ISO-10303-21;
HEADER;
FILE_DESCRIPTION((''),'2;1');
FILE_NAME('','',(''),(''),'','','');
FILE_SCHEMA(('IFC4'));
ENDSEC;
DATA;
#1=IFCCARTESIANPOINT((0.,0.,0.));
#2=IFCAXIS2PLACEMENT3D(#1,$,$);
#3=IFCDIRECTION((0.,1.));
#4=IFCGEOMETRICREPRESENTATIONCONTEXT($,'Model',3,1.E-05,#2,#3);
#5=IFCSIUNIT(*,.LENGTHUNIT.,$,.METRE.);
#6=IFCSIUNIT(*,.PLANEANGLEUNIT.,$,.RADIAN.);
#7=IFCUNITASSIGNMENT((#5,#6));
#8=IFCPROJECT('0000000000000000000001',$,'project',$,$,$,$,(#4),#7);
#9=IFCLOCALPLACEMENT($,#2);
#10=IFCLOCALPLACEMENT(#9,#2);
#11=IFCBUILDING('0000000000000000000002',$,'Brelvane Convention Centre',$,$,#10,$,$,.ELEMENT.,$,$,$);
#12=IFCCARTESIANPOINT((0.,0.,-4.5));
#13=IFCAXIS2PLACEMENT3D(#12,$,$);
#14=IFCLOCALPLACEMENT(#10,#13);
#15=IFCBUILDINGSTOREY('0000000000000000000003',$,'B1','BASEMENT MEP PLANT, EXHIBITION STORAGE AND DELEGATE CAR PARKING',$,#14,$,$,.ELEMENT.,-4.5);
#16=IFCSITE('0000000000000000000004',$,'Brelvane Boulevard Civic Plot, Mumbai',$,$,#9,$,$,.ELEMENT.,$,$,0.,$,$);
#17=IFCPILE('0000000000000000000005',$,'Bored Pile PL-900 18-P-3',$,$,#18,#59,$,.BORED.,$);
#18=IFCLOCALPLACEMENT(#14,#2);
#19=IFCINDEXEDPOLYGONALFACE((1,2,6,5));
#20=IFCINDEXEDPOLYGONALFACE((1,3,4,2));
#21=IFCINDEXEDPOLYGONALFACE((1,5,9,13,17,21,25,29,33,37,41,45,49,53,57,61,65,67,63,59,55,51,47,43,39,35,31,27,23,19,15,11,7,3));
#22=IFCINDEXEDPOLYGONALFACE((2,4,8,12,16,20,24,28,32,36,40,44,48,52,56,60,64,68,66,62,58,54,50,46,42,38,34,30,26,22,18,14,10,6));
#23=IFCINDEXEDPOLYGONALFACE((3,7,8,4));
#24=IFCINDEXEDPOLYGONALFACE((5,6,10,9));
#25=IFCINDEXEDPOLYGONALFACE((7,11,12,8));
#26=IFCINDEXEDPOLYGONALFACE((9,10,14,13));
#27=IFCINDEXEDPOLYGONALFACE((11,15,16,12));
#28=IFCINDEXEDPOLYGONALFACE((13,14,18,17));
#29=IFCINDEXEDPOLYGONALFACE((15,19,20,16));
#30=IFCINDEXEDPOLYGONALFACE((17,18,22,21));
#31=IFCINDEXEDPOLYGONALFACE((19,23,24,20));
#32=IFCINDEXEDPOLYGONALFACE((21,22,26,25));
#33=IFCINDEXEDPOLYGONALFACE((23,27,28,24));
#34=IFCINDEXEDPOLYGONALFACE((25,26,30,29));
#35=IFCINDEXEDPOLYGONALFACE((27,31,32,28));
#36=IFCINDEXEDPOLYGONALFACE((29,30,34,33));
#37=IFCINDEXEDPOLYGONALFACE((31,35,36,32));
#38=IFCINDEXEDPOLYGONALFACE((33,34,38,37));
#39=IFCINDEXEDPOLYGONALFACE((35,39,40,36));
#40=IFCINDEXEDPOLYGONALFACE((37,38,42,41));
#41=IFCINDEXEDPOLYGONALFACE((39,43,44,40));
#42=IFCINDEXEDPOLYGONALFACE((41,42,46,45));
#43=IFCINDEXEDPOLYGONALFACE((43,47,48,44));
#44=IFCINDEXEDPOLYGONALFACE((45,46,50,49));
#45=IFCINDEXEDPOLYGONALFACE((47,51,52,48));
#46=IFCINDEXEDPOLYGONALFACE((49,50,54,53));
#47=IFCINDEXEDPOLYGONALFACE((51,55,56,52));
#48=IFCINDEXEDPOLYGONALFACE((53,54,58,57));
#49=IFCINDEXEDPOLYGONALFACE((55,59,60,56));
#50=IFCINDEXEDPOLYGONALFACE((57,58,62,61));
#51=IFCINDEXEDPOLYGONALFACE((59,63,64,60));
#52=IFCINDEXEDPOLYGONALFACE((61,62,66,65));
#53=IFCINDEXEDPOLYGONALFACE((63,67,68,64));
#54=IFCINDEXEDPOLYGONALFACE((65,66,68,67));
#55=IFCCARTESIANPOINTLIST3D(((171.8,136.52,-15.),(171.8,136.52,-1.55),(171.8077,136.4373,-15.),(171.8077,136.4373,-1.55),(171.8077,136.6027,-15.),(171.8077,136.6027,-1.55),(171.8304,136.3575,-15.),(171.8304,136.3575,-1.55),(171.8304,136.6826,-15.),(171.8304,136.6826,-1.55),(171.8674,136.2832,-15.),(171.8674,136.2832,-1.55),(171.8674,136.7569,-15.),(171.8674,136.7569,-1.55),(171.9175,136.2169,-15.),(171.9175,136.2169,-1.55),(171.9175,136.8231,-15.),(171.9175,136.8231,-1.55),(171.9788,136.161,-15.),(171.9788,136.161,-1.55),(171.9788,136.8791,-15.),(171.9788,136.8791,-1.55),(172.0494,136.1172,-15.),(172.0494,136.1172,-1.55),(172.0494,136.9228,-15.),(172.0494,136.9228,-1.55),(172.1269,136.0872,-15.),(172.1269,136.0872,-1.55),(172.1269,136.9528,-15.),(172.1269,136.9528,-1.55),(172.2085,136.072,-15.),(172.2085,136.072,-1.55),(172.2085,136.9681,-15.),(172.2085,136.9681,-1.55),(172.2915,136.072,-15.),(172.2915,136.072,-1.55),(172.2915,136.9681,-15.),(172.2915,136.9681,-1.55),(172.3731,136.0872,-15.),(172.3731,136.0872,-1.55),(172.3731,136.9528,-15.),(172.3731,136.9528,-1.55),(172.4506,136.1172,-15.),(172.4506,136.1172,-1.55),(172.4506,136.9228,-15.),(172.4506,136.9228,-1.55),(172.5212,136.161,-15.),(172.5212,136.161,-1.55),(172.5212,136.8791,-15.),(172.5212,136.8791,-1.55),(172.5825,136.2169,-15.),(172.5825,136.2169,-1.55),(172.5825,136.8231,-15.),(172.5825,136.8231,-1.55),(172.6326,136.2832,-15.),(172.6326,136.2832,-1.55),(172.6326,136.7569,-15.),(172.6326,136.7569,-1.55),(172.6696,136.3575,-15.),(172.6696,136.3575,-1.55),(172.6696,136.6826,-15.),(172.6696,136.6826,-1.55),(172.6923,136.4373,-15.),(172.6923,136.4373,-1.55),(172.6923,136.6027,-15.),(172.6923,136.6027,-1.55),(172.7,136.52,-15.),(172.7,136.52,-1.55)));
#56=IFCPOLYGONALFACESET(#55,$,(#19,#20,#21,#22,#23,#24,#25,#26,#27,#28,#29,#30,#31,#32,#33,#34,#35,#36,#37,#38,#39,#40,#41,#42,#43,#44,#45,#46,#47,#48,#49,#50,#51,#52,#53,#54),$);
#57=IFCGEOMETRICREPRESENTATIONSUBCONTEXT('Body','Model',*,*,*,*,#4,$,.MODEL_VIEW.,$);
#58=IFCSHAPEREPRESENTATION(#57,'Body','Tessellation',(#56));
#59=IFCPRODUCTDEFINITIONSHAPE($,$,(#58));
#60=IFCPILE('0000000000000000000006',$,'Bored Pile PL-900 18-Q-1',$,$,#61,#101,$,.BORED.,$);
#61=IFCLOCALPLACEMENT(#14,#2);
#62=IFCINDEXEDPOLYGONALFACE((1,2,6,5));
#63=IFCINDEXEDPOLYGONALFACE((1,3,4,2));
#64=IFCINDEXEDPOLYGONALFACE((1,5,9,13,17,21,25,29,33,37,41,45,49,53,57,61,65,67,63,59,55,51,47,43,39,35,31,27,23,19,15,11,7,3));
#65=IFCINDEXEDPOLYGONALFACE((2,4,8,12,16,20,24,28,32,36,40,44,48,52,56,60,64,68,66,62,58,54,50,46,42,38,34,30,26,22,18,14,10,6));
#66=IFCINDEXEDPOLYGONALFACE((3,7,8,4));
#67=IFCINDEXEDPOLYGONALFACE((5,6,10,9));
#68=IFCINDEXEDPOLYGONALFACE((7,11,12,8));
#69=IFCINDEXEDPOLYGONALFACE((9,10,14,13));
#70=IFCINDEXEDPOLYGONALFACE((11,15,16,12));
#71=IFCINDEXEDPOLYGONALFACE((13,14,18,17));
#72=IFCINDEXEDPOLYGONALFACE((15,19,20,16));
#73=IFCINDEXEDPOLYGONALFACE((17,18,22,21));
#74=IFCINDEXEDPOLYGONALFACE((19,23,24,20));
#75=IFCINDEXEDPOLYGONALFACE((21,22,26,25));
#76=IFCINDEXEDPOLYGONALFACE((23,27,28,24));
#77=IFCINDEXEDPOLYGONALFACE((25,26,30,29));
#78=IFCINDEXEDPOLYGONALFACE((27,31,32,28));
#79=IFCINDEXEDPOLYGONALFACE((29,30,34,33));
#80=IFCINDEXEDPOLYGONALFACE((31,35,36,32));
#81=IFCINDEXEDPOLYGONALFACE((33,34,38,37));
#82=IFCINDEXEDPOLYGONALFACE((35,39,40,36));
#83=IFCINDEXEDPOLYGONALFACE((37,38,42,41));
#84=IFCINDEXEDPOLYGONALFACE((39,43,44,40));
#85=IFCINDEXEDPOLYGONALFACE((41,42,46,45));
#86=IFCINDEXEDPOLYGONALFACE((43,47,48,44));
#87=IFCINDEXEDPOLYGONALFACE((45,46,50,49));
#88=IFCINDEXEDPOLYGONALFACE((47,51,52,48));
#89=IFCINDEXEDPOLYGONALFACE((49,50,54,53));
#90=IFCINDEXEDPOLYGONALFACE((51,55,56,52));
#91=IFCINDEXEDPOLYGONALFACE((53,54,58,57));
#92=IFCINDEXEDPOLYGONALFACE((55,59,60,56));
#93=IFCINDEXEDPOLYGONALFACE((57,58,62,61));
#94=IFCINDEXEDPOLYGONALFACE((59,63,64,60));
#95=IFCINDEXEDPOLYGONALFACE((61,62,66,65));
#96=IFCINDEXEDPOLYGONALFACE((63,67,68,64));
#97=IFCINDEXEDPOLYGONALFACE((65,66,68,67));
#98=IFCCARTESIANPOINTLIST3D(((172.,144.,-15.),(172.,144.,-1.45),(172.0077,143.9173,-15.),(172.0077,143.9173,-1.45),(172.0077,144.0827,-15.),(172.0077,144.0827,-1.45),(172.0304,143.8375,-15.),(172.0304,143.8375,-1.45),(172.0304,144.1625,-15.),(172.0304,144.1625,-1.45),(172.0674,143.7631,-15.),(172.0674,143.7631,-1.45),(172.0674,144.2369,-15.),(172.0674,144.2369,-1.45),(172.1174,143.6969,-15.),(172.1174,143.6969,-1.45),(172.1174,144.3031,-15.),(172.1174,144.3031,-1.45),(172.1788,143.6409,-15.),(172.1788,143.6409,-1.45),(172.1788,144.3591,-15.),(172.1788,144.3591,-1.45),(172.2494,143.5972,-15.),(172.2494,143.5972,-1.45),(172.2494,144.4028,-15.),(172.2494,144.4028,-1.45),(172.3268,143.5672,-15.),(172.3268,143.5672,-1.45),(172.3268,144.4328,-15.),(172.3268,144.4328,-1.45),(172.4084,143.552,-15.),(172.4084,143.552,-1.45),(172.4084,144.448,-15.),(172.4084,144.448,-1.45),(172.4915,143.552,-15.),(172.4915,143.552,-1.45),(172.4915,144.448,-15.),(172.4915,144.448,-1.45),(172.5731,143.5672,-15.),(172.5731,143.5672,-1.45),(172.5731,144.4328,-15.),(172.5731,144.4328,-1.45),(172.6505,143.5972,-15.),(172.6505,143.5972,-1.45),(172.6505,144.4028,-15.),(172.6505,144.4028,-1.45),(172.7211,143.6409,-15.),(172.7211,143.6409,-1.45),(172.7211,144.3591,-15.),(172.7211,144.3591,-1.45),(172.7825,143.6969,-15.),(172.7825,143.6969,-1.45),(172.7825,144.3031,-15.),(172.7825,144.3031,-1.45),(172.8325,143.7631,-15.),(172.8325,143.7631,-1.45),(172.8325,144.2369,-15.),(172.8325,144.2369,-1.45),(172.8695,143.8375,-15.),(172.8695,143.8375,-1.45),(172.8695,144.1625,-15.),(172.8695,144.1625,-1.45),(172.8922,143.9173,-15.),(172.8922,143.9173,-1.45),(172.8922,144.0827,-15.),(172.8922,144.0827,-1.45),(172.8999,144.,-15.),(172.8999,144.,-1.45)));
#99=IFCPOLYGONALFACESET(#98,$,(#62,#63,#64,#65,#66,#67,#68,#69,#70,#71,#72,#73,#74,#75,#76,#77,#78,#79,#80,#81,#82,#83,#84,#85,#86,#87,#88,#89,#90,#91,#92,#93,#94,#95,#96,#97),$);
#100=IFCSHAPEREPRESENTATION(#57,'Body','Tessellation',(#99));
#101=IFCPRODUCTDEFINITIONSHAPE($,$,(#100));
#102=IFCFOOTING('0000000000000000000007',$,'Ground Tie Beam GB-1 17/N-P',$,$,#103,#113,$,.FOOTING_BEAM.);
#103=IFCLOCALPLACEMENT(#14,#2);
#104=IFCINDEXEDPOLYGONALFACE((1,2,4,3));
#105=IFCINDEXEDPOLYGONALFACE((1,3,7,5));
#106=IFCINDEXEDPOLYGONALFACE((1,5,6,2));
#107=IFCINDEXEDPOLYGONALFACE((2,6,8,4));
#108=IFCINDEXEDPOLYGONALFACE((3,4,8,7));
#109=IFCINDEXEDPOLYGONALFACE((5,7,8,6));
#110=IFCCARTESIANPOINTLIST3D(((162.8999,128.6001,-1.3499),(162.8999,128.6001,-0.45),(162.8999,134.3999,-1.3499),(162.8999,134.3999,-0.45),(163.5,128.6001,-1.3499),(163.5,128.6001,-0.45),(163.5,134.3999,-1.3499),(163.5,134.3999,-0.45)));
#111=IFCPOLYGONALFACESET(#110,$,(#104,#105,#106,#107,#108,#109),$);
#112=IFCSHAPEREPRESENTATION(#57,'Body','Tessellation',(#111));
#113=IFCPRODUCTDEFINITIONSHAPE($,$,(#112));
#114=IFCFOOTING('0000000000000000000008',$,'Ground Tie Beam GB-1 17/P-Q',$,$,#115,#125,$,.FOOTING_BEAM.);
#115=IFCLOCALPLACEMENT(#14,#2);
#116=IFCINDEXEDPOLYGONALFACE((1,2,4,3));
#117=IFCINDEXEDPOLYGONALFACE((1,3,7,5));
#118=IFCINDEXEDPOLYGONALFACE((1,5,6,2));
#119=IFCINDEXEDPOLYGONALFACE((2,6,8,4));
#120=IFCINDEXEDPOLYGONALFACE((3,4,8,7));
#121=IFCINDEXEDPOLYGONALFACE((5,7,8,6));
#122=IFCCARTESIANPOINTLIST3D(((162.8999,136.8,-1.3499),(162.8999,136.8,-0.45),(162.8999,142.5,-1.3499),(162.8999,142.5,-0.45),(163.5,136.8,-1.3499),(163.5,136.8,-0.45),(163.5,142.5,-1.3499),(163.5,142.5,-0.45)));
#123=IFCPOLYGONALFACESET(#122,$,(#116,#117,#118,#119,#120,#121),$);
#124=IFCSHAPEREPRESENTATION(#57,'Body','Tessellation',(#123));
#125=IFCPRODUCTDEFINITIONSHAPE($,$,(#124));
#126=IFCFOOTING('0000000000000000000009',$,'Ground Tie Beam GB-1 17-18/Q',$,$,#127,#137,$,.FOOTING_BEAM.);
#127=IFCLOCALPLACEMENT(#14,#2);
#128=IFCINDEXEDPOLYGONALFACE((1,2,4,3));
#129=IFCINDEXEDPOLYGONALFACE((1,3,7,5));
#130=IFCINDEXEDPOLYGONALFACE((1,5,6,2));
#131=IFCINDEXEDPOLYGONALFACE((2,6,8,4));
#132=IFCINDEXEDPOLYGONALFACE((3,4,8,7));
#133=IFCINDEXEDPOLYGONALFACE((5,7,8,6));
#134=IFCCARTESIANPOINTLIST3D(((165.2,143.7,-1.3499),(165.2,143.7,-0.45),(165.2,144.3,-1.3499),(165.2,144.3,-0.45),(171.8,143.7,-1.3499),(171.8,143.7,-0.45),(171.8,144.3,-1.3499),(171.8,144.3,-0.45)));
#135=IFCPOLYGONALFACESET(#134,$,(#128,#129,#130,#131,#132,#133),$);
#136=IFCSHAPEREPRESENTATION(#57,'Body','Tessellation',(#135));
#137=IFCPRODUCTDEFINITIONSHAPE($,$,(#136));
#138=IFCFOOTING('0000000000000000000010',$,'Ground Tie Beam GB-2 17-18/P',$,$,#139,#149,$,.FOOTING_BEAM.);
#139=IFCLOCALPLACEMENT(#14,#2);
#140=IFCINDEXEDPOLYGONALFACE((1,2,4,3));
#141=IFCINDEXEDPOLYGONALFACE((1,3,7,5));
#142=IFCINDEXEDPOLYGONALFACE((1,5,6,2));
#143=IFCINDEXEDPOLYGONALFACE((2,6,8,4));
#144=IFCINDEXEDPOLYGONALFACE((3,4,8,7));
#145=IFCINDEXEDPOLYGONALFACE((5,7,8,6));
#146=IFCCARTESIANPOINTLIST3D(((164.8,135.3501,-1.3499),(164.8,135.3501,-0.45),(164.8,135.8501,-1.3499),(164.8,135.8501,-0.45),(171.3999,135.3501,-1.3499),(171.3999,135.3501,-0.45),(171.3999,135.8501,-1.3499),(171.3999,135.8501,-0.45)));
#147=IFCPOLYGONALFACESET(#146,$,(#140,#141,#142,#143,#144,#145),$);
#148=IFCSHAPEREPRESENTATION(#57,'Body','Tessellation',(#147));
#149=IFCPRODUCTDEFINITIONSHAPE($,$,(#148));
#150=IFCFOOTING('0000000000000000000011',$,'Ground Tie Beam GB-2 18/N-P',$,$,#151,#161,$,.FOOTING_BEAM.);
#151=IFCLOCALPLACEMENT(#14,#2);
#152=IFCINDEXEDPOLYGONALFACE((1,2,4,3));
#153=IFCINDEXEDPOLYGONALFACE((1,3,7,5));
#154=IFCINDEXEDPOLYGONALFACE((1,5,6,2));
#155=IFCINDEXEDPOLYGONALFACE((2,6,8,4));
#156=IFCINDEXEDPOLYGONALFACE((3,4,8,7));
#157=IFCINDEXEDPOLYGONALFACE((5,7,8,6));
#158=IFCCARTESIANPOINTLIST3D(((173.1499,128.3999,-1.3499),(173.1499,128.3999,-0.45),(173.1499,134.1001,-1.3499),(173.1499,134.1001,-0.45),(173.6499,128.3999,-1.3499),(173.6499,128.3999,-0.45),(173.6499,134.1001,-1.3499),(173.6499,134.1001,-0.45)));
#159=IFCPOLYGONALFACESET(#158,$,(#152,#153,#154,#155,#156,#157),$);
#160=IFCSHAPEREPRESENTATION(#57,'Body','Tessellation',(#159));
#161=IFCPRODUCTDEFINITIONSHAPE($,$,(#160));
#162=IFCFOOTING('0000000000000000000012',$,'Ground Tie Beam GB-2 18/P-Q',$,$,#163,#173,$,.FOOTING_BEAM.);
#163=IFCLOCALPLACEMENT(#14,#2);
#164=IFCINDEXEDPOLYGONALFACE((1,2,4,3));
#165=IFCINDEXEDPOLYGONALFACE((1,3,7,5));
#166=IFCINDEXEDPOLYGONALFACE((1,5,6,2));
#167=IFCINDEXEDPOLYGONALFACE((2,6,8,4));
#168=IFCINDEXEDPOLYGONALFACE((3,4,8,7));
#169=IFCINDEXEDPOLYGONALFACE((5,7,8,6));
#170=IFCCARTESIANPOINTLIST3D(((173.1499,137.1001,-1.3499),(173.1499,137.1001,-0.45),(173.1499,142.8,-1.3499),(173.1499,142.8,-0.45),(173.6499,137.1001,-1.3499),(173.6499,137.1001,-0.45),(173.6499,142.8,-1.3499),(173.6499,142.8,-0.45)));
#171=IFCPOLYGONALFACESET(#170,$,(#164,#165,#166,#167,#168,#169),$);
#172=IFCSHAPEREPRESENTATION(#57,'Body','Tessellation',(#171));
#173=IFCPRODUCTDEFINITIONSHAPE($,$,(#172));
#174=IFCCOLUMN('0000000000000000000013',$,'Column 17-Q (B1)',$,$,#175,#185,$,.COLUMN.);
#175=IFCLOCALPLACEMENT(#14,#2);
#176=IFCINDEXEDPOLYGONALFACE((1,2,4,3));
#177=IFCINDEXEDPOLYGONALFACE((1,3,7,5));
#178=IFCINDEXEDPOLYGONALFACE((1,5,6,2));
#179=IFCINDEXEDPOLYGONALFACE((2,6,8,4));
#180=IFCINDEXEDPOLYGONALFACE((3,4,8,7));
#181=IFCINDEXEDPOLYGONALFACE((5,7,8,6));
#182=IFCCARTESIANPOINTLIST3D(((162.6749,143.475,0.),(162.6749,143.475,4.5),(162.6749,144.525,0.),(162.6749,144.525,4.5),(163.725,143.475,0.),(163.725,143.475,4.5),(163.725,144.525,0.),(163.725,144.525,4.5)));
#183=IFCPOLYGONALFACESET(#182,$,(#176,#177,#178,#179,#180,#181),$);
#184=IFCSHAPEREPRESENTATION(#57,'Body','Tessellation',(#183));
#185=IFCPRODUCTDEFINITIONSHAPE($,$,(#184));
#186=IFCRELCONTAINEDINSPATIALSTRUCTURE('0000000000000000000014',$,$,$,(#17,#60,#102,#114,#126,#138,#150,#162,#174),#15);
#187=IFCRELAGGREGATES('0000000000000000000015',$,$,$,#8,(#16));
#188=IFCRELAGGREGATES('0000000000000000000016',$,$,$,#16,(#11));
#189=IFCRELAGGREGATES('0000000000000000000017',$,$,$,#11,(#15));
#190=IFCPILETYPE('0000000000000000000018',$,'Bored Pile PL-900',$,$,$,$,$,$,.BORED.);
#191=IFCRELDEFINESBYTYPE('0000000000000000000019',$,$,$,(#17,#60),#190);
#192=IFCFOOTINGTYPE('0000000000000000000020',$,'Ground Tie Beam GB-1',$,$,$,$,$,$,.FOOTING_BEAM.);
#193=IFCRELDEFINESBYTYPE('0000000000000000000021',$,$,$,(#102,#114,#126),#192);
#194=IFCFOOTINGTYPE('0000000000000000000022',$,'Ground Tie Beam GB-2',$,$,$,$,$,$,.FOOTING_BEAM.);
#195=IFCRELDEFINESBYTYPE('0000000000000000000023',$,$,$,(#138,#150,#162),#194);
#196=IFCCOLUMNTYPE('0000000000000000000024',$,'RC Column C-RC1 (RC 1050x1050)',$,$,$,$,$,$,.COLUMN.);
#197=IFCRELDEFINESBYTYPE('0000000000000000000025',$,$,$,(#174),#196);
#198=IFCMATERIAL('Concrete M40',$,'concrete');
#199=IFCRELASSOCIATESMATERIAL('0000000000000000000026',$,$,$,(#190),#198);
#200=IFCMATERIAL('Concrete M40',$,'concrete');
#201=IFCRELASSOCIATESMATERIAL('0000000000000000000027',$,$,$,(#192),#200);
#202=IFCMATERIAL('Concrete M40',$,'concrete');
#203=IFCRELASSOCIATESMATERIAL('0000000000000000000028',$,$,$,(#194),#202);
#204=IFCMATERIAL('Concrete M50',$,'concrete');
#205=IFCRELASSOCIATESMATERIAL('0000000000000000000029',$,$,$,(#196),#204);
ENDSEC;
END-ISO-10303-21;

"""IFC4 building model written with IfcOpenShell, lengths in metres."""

from ifc_helpers import new_model, si_unit, direction, frame, origin, origin_2d, place, context, subcontext, project, spatial, rectangle, circle, extrude, material, material_profile, profile_set, type_object, element, save


model = new_model("IFC4")

# Units and contexts
model_context = context("Model", 3, precision=1e-05, world=origin(), true_north=direction((0.0, 1.0)))
body_context = subcontext(model_context, "Body", "Model", "MODEL_VIEW")
ifc_project = project(units=[si_unit("LENGTHUNIT", "METRE"), si_unit("PLANEANGLEUNIT", "RADIAN")], contexts=[model_context])

# Site, building, storey
site_placement = place(None, origin())
site = spatial("IfcSite", under=ifc_project, at=site_placement, Name="Brelvane Boulevard Civic Plot, Mumbai", CompositionType="ELEMENT", RefElevation=0.0)
building_placement = place(site_placement, origin())
building = spatial("IfcBuilding", under=site, at=building_placement, Name="Brelvane Convention Centre", CompositionType="ELEMENT")
storey_placement = place(building_placement, frame((0.0, 0.0, -4.5)))
storey = spatial("IfcBuildingStorey", under=building, at=storey_placement, Name="B1", Description="BASEMENT MEP PLANT, EXHIBITION STORAGE AND DELEGATE CAR PARKING", CompositionType="ELEMENT", Elevation=-4.5)

# Piles
ifc_material_1 = material(Name="Concrete M40", Category="concrete")
ifc_material_profile_1 = material_profile(ifc_material_1, circle(Radius=0.45, at=origin_2d()), Name="PILE D900")
ifc_profile_set_1 = profile_set([ifc_material_profile_1], Name="Concrete M40")
pile_type = type_object("IfcPileType", Name="Bored Pile PL-900", PredefinedType="BORED", material=ifc_profile_set_1)
for number, where, z_axis, x_axis, name in (
    (1, (172.25, 136.52, -1.55), (0.0, 0.0, -1.0), (1.0, 0.0, 0.0), "Bored Pile PL-900 18-P-3"),
):
    element("IfcPile", number, at=place(storey_placement, frame(where, z_axis=z_axis, x_axis=x_axis)), inside=storey, type_object=pile_type, Name=name, PredefinedType="BORED", context=body_context, shape_type="SweptSolid", body=[
        extrude(circle(Radius=0.45, at=origin_2d()), origin(), (0.0, 0.0, 1.0), 13.45),
    ])
pile_1_placement = place(storey_placement, frame((172.45, 144.0, -1.45), z_axis=(0.0, 0.0, -1.0), x_axis=(1.0, 0.0, 0.0)))
element("IfcPile", 2, at=pile_1_placement, inside=storey, type_object=pile_type, Name="Bored Pile PL-900 18-Q-1", PredefinedType="BORED", context=body_context, shape_type="SweptSolid", body=[
    extrude(circle(Radius=0.45, at=origin_2d()), origin(), (0.0, 0.0, 1.0), 13.55),
])

# Footings
ifc_material_2 = material(Name="Concrete M40", Category="concrete")
ifc_material_profile_2 = material_profile(ifc_material_2, rectangle(XDim=0.6001, YDim=0.8999, at=origin_2d()), Name="RC 600x900")
ifc_profile_set_2 = profile_set([ifc_material_profile_2], Name="Concrete M40")
footing_type_1 = type_object("IfcFootingType", Name="Ground Tie Beam GB-1", PredefinedType="FOOTING_BEAM", material=ifc_profile_set_2)
footing_1_placement = place(storey_placement, frame((163.2, 128.6001, -0.8999), z_axis=(0.0, 1.0, 0.0), x_axis=(-1.0, 0.0, 0.0)))
element("IfcFooting", 3, at=footing_1_placement, inside=storey, type_object=footing_type_1, Name="Ground Tie Beam GB-1 17/N-P", PredefinedType="FOOTING_BEAM", context=body_context, shape_type="SweptSolid", body=[
    extrude(rectangle(XDim=0.6001, YDim=0.8999, at=origin_2d()), origin(), (0.0, 0.0, 1.0), 5.7998),
])
footing_2_placement = place(storey_placement, frame((163.2, 136.8, -0.8999), z_axis=(0.0, 1.0, 0.0), x_axis=(-1.0, 0.0, 0.0)))
element("IfcFooting", 4, at=footing_2_placement, inside=storey, type_object=footing_type_1, Name="Ground Tie Beam GB-1 17/P-Q", PredefinedType="FOOTING_BEAM", context=body_context, shape_type="SweptSolid", body=[
    extrude(rectangle(XDim=0.6001, YDim=0.8999, at=origin_2d()), origin(), (0.0, 0.0, 1.0), 5.7),
])
footing_3_placement = place(storey_placement, frame((165.2, 144.0, -0.8999), z_axis=(1.0, 0.0, 0.0), x_axis=(0.0, 1.0, 0.0)))
element("IfcFooting", 5, at=footing_3_placement, inside=storey, type_object=footing_type_1, Name="Ground Tie Beam GB-1 17-18/Q", PredefinedType="FOOTING_BEAM", context=body_context, shape_type="SweptSolid", body=[
    extrude(rectangle(XDim=0.6001, YDim=0.8999, at=origin_2d()), origin(), (0.0, 0.0, 1.0), 6.6001),
])
ifc_material_3 = material(Name="Concrete M40", Category="concrete")
ifc_material_profile_3 = material_profile(ifc_material_3, rectangle(XDim=0.5, YDim=0.8999, at=origin_2d()), Name="RC 500x900")
ifc_profile_set_3 = profile_set([ifc_material_profile_3], Name="Concrete M40")
footing_type_2 = type_object("IfcFootingType", Name="Ground Tie Beam GB-2", PredefinedType="FOOTING_BEAM", material=ifc_profile_set_3)
footing_4_placement = place(storey_placement, frame((164.8, 135.6001, -0.8999), z_axis=(1.0, 0.0, 0.0), x_axis=(0.0, 1.0, 0.0)))
element("IfcFooting", 6, at=footing_4_placement, inside=storey, type_object=footing_type_2, Name="Ground Tie Beam GB-2 17-18/P", PredefinedType="FOOTING_BEAM", context=body_context, shape_type="SweptSolid", body=[
    extrude(rectangle(XDim=0.5, YDim=0.8999, at=origin_2d()), origin(), (0.0, 0.0, 1.0), 6.5999),
])
footing_5_placement = place(storey_placement, frame((173.3999, 128.3999, -0.8999), z_axis=(0.0, 1.0, 0.0), x_axis=(-1.0, 0.0, 0.0)))
element("IfcFooting", 7, at=footing_5_placement, inside=storey, type_object=footing_type_2, Name="Ground Tie Beam GB-2 18/N-P", PredefinedType="FOOTING_BEAM", context=body_context, shape_type="SweptSolid", body=[
    extrude(rectangle(XDim=0.5, YDim=0.8999, at=origin_2d()), origin(), (0.0, 0.0, 1.0), 5.7002),
])
footing_6_placement = place(storey_placement, frame((173.3999, 137.1001, -0.8999), z_axis=(0.0, 1.0, 0.0), x_axis=(-1.0, 0.0, 0.0)))
element("IfcFooting", 8, at=footing_6_placement, inside=storey, type_object=footing_type_2, Name="Ground Tie Beam GB-2 18/P-Q", PredefinedType="FOOTING_BEAM", context=body_context, shape_type="SweptSolid", body=[
    extrude(rectangle(XDim=0.5, YDim=0.8999, at=origin_2d()), origin(), (0.0, 0.0, 1.0), 5.7),
])

# Column
ifc_material_4 = material(Name="Concrete M50", Category="concrete")
ifc_material_profile_4 = material_profile(ifc_material_4, rectangle(XDim=1.05, YDim=1.05, at=origin_2d()), Name="RC 1050x1050")
ifc_profile_set_4 = profile_set([ifc_material_profile_4], Name="Concrete M50")
column_type_1 = type_object("IfcColumnType", Name="RC Column C-RC1 (RC 1050x1050)", PredefinedType="COLUMN", material=ifc_profile_set_4)
for number, where, z_axis, x_axis, name in (
    (9, (163.2, 144.0, 0.0), (0.0, 0.0, 1.0), (1.0, 0.0, 0.0), "Column 17-Q (B1)"),
):
    element("IfcColumn", number, at=place(storey_placement, frame(where, z_axis=z_axis, x_axis=x_axis)), inside=storey, type_object=column_type_1, Name=name, PredefinedType="COLUMN", context=body_context, shape_type="SweptSolid", body=[
        extrude(rectangle(XDim=1.05, YDim=1.05, at=origin_2d()), origin(), (0.0, 0.0, 1.0), 4.5),
    ])

save(model, "model.ifc")
